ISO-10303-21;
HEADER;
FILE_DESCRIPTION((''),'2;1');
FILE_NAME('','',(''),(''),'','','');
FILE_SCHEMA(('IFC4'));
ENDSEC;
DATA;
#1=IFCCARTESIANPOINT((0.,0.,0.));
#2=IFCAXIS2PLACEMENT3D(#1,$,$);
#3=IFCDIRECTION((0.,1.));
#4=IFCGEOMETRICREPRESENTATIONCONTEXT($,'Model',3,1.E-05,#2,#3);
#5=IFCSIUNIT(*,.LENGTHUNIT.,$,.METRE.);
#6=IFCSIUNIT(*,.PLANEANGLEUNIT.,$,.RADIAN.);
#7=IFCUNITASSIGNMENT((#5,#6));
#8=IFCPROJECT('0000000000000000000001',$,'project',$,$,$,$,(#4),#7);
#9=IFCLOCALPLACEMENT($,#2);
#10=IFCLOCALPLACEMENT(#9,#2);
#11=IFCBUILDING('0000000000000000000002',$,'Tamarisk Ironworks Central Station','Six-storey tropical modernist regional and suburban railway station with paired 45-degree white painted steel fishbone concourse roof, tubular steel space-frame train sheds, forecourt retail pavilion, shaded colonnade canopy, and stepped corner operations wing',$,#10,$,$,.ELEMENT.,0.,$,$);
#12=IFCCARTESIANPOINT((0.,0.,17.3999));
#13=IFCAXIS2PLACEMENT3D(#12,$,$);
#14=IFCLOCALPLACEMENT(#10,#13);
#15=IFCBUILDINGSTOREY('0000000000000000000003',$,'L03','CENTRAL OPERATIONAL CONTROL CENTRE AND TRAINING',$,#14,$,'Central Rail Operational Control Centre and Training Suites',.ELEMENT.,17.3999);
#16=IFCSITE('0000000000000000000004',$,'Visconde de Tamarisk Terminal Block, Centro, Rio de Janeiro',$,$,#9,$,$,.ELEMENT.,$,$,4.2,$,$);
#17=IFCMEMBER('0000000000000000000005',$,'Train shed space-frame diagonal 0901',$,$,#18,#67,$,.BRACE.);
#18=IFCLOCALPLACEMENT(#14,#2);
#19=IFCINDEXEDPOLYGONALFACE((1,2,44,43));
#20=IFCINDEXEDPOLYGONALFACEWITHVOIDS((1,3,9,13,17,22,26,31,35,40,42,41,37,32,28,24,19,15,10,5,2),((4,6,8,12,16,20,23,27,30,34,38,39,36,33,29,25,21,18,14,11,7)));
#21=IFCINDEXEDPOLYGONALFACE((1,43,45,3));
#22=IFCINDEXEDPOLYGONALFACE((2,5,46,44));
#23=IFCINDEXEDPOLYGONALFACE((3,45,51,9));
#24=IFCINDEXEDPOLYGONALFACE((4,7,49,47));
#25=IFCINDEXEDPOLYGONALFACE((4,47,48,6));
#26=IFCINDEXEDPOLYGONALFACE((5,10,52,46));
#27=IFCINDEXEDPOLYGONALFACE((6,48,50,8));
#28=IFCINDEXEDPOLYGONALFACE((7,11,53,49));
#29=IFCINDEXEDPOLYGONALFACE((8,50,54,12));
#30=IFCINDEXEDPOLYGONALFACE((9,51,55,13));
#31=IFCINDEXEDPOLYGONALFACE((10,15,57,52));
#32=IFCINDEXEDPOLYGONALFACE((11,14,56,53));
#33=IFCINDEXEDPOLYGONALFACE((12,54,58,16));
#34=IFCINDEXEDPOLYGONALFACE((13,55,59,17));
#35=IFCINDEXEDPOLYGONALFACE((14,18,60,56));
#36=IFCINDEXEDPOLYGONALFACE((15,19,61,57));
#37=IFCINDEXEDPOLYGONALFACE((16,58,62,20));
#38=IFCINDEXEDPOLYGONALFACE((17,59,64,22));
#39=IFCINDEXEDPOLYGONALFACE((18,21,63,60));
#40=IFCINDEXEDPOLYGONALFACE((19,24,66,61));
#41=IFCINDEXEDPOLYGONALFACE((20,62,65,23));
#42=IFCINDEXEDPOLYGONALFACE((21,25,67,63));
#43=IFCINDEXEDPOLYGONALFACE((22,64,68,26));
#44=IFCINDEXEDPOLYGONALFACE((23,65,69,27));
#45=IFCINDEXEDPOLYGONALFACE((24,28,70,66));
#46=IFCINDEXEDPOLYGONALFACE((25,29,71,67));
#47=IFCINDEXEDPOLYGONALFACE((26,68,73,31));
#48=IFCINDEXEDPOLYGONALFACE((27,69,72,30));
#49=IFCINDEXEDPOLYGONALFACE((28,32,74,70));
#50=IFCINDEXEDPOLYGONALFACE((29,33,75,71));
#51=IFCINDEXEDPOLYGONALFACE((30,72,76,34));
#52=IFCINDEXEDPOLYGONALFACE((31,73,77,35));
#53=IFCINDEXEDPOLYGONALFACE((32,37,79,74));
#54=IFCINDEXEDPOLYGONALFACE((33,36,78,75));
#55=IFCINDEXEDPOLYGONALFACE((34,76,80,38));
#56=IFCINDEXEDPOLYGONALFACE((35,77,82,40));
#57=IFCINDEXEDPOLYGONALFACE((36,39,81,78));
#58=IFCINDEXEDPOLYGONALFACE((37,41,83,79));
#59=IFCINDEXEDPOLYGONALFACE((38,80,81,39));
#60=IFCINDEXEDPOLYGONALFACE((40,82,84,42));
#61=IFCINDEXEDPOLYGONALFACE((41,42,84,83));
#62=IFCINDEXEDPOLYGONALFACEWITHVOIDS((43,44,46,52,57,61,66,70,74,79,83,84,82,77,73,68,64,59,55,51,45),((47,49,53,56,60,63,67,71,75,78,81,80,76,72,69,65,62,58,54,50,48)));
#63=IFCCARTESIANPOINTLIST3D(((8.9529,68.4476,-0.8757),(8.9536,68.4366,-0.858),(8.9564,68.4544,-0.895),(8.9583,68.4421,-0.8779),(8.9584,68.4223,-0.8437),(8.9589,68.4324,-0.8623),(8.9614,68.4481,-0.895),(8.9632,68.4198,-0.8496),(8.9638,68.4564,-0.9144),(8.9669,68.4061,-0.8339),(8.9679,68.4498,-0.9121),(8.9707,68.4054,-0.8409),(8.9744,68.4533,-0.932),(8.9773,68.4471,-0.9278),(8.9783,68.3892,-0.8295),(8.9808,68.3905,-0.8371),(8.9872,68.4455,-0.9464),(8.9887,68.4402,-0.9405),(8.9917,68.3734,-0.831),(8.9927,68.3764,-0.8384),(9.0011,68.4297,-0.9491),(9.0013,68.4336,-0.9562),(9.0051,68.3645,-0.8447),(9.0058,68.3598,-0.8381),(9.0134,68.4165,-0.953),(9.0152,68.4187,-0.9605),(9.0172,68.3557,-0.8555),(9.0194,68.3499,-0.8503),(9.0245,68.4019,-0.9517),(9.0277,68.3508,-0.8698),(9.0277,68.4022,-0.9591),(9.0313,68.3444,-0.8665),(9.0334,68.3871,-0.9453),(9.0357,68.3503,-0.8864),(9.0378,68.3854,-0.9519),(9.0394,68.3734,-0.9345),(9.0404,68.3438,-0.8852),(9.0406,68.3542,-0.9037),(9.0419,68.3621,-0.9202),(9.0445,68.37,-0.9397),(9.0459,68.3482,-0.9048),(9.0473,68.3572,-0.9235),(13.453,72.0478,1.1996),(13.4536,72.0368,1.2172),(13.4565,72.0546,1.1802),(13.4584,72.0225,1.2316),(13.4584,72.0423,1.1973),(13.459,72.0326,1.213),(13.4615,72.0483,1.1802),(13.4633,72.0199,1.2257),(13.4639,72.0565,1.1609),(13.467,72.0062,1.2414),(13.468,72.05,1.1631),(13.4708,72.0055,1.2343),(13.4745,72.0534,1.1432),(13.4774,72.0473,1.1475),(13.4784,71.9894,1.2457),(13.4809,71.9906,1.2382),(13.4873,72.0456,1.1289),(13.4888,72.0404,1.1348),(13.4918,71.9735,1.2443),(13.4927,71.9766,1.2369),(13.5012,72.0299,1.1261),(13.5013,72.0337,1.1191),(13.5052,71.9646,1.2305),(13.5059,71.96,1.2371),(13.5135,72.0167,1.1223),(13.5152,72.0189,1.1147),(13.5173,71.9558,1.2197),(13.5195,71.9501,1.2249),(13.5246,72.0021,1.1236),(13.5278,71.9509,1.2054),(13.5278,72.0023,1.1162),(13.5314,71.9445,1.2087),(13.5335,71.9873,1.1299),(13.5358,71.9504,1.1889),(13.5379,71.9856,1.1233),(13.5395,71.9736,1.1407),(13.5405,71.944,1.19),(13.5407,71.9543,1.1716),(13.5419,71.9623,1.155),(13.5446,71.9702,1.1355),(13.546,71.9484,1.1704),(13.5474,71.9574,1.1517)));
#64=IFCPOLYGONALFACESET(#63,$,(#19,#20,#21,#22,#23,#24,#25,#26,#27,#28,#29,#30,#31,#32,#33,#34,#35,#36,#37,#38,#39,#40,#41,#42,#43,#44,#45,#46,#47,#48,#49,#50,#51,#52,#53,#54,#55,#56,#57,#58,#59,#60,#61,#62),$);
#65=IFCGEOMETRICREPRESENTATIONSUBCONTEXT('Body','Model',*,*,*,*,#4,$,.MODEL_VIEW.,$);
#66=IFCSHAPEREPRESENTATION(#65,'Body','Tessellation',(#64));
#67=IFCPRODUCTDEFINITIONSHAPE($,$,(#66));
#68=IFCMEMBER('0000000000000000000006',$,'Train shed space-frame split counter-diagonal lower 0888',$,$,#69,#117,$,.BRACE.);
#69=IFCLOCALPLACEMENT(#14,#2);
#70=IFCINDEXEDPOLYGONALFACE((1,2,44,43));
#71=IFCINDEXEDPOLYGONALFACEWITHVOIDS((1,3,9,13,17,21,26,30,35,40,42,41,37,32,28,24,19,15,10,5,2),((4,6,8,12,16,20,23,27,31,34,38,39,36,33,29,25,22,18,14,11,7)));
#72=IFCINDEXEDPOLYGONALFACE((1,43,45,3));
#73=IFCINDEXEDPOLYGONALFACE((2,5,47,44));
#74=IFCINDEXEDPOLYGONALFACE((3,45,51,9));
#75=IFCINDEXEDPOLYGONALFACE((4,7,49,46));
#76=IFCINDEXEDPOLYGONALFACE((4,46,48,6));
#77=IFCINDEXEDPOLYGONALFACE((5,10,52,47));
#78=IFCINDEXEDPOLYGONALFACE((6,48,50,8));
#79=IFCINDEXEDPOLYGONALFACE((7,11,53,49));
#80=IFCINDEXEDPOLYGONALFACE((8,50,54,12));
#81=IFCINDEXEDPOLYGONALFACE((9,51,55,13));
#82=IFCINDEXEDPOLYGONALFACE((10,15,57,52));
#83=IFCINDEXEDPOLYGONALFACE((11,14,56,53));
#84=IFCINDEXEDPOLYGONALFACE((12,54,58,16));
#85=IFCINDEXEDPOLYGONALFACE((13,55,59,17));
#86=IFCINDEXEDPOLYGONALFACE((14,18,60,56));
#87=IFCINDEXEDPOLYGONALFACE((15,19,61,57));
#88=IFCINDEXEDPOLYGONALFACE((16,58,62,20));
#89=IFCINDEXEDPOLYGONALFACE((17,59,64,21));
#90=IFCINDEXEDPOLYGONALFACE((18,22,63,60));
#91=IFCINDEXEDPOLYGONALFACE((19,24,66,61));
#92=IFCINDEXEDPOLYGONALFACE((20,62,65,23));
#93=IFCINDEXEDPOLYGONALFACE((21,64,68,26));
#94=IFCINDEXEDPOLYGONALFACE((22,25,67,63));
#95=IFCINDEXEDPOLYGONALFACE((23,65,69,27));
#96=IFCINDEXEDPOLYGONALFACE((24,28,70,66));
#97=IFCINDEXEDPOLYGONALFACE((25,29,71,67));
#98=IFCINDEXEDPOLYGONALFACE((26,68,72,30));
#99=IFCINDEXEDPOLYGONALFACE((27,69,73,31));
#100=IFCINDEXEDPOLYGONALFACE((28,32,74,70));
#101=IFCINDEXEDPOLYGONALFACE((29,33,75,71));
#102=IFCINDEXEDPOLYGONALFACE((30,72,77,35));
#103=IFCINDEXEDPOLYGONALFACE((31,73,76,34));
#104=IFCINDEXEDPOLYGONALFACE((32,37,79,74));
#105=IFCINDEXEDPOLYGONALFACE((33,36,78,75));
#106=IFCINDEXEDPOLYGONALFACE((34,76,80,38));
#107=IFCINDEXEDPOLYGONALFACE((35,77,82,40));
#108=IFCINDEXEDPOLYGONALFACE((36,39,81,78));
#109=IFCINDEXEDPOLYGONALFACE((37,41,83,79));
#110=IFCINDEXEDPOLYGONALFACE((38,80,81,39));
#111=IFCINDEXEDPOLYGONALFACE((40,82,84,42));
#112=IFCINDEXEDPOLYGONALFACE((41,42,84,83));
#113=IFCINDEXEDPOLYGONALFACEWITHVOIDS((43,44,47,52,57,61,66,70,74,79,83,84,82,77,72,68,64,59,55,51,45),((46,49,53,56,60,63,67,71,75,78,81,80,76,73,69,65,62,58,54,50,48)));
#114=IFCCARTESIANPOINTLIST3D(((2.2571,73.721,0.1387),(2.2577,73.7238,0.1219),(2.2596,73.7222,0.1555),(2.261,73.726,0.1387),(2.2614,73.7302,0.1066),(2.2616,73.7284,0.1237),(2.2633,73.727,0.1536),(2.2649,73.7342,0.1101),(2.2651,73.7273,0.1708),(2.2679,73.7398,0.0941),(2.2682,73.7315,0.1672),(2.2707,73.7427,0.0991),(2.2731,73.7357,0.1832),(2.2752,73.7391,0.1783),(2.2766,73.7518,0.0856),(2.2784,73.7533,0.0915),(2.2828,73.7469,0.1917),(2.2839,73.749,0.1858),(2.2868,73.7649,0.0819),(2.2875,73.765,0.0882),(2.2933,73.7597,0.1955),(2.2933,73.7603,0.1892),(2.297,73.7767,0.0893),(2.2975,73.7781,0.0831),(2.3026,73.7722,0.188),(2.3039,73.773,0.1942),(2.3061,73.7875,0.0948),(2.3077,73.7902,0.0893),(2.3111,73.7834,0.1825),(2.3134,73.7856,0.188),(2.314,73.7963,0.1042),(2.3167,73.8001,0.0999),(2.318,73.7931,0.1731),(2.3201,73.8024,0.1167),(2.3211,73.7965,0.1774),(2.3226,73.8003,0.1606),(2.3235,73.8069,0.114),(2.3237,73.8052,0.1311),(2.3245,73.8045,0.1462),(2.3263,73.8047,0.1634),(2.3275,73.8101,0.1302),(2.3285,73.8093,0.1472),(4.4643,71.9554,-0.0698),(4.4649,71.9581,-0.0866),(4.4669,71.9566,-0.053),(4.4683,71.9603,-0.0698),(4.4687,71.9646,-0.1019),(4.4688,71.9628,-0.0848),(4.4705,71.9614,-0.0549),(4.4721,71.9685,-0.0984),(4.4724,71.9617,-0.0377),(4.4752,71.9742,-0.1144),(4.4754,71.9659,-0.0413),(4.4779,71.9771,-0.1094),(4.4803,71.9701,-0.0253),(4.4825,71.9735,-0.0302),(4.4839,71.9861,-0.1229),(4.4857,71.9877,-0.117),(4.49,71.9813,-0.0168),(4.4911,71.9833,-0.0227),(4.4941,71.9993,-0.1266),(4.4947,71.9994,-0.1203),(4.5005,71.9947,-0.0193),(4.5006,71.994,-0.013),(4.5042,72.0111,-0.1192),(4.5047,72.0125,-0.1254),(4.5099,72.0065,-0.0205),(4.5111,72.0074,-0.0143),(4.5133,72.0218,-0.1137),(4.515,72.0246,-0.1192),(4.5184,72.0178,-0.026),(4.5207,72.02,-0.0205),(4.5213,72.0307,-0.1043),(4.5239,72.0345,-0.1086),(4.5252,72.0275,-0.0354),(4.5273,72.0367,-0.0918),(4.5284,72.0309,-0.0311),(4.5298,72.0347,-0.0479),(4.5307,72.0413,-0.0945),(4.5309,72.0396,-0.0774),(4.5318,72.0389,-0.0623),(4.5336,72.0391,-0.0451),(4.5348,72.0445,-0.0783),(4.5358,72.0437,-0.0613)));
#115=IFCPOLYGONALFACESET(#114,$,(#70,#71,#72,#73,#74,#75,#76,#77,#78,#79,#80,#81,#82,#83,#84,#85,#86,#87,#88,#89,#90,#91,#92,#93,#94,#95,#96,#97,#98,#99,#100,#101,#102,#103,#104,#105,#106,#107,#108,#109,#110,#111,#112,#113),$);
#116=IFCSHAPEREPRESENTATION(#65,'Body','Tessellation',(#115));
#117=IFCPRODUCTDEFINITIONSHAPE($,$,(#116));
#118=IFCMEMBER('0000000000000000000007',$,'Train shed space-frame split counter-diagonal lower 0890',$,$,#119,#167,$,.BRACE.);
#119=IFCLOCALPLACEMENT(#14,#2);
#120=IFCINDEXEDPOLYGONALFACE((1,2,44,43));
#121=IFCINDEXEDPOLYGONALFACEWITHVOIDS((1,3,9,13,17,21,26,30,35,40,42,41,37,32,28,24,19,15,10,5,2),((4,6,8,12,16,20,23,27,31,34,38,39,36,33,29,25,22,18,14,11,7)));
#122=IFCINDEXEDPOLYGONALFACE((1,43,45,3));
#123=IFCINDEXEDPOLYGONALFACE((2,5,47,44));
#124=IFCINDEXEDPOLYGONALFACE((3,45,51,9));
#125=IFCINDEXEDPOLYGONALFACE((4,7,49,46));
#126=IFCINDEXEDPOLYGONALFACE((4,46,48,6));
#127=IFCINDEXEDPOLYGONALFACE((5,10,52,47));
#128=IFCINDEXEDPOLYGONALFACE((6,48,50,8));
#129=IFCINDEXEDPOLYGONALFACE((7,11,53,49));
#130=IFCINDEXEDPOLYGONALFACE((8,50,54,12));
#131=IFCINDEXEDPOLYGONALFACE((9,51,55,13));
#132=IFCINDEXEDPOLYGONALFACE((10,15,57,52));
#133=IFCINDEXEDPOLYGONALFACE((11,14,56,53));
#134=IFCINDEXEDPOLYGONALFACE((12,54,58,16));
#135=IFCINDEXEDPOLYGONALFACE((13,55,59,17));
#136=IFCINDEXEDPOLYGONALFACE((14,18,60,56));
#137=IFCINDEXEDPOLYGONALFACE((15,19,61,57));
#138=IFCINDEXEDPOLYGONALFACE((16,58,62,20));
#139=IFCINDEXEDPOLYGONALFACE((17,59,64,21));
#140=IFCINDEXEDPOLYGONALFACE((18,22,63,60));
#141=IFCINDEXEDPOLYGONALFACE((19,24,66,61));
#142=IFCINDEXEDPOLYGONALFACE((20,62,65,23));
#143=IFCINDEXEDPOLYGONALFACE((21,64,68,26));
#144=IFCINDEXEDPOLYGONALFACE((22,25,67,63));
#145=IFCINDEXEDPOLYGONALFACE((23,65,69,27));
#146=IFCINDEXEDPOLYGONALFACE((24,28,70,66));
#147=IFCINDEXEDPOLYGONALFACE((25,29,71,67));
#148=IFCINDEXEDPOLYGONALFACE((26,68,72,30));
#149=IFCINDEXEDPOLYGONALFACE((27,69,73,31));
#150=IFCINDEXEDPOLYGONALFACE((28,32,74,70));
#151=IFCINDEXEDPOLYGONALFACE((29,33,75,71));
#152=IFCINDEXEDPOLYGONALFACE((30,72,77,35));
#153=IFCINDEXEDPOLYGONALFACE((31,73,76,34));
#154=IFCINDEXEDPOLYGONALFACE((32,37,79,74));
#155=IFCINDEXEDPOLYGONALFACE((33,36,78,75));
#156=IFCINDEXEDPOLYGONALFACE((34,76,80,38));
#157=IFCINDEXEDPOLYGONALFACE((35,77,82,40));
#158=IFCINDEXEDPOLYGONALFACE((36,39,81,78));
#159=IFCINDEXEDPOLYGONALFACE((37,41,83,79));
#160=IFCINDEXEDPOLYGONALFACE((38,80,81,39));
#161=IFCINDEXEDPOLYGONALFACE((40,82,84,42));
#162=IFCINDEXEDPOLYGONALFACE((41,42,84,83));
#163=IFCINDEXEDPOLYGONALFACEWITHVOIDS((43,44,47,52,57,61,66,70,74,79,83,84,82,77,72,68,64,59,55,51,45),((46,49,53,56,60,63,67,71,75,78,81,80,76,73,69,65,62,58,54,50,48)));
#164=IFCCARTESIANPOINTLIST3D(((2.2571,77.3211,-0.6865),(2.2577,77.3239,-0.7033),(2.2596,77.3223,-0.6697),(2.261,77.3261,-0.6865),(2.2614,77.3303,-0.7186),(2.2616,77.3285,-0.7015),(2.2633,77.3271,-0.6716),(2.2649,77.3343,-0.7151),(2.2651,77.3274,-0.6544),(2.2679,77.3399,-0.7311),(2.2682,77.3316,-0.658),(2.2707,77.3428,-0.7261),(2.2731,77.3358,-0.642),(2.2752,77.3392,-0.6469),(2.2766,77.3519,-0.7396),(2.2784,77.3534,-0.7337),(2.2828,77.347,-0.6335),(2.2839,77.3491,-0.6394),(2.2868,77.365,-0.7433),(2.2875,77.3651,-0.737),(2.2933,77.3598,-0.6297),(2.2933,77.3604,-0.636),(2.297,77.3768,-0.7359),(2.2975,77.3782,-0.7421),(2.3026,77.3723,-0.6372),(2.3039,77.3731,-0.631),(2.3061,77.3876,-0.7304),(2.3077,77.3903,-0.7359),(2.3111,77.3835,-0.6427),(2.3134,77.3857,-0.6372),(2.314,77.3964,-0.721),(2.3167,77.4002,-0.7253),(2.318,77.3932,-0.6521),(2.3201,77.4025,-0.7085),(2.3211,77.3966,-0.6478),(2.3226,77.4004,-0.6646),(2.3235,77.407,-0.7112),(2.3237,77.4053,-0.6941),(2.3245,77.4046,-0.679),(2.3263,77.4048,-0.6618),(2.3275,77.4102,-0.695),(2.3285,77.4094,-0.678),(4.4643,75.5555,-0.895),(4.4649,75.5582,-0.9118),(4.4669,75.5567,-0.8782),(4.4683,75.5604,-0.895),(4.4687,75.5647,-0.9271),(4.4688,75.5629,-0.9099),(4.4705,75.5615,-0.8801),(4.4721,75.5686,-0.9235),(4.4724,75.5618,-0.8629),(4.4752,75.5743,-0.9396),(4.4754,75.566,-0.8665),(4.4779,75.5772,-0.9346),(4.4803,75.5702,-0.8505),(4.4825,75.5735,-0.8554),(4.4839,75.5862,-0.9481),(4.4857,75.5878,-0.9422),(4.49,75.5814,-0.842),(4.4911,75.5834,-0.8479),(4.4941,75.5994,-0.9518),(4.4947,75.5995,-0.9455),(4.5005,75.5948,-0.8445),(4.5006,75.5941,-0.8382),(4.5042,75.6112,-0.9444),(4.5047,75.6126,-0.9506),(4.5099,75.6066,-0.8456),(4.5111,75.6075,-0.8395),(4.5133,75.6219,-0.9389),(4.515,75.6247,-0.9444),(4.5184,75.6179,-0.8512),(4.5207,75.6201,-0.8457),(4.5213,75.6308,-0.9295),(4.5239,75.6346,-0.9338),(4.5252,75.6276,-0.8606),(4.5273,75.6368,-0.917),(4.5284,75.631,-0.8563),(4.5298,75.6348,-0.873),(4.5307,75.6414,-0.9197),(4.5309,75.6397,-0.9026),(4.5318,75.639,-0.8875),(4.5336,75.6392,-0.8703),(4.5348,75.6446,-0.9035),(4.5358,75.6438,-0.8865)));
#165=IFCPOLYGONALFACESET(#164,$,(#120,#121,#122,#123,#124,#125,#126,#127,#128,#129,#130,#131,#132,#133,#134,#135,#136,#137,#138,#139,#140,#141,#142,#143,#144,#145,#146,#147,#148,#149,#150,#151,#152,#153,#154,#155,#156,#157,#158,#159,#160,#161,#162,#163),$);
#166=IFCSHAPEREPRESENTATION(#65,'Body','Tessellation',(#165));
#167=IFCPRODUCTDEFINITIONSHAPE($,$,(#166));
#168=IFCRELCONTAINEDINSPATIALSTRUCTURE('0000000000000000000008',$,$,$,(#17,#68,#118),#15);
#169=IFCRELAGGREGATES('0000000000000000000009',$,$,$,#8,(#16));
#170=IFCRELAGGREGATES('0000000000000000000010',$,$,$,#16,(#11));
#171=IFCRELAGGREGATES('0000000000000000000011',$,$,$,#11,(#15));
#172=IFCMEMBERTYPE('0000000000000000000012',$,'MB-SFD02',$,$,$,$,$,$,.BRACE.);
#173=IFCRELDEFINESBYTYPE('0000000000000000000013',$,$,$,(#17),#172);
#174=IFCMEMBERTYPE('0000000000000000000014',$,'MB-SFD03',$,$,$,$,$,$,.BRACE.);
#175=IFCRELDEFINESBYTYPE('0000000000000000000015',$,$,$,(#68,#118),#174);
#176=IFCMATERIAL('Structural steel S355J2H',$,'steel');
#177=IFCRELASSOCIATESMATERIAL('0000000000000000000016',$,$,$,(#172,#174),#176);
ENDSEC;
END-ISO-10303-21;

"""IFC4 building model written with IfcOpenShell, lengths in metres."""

from ifc_helpers import new_model, si_unit, direction, frame, origin, origin_2d, place, context, subcontext, project, spatial, hollow_circle, extrude, material, material_profile, profile_set, type_object, element, save


model = new_model("IFC4")

# Units and contexts
model_context = context("Model", 3, precision=1e-05, world=origin(), true_north=direction((0.0, 1.0)))
body_context = subcontext(model_context, "Body", "Model", "MODEL_VIEW")
ifc_project = project(units=[si_unit("LENGTHUNIT", "METRE"), si_unit("PLANEANGLEUNIT", "RADIAN")], contexts=[model_context])

# Site, building, storey
site_placement = place(None, origin())
site = spatial("IfcSite", under=ifc_project, at=site_placement, Name="Visconde de Tamarisk Terminal Block, Centro, Rio de Janeiro", CompositionType="ELEMENT", RefElevation=4.2)
building_placement = place(site_placement, origin())
building = spatial("IfcBuilding", under=site, at=building_placement, Name="Tamarisk Ironworks Central Station", Description="Six-storey tropical modernist regional and suburban railway station with paired 45-degree white painted steel fishbone concourse roof, tubular steel space-frame train sheds, forecourt retail pavilion, shaded colonnade canopy, and stepped corner operations wing", CompositionType="ELEMENT", ElevationOfRefHeight=0.0)
storey_placement = place(building_placement, frame((0.0, 0.0, 17.3999)))
storey = spatial("IfcBuildingStorey", under=building, at=storey_placement, Name="L03", Description="CENTRAL OPERATIONAL CONTROL CENTRE AND TRAINING", LongName="Central Rail Operational Control Centre and Training Suites", CompositionType="ELEMENT", Elevation=17.3999)

# Members
ifc_material = material(Name="Structural steel S355J2H", Category="steel")
ifc_material_profile_1 = material_profile(ifc_material, hollow_circle(Radius=0.0698, WallThickness=0.0081, at=origin_2d()), Name="CHS 139.7x8")
ifc_profile_set_1 = profile_set([ifc_material_profile_1], Name="Structural steel S355J2H")
member_type_1 = type_object("IfcMemberType", Name="MB-SFD02", PredefinedType="BRACE", material=ifc_profile_set_1)
member_1_placement = place(storey_placement, frame((9.0, 68.3999, -0.895), z_axis=(0.734679, 0.587759, 0.338801), x_axis=(-0.624705, 0.780861, 0.0)))
element("IfcMember", 1, at=member_1_placement, inside=storey, type_object=member_type_1, Name="Train shed space-frame diagonal 0901", PredefinedType="BRACE", context=body_context, shape_type="SweptSolid", body=[
    extrude(hollow_circle(Radius=0.0698, WallThickness=0.0081, at=origin_2d()), origin(), (0.0, 0.0, 1.0), 6.1252),
])
ifc_material_profile_2 = material_profile(ifc_material, hollow_circle(Radius=0.0571, WallThickness=0.0063, at=origin_2d()), Name="CHS 114.3x6.3")
ifc_profile_set_2 = profile_set([ifc_material_profile_2], Name="Structural steel S355J2H")
member_type_2 = type_object("IfcMemberType", Name="MB-SFD03", PredefinedType="BRACE", material=ifc_profile_set_2)
for number, where, z_axis, x_axis, name in (
    (2, (4.5, 72.0, -0.0698), (-0.778787, 0.62296, 0.073563), (-0.624653, -0.780903, 0.0), "Train shed space-frame split counter-diagonal lower 0888"),
    (3, (4.5, 75.6001, -0.895), (-0.778787, 0.62296, 0.073563), (-0.624653, -0.780903, 0.0), "Train shed space-frame split counter-diagonal lower 0890"),
):
    element("IfcMember", number, at=place(storey_placement, frame(where, z_axis=z_axis, x_axis=x_axis)), inside=storey, type_object=member_type_2, Name=name, PredefinedType="BRACE", context=body_context, shape_type="SweptSolid", body=[
        extrude(hollow_circle(Radius=0.0571, WallThickness=0.0063, at=origin_2d()), origin(), (0.0, 0.0, 1.0), 2.8342),
    ])

save(model, "model.ifc")
